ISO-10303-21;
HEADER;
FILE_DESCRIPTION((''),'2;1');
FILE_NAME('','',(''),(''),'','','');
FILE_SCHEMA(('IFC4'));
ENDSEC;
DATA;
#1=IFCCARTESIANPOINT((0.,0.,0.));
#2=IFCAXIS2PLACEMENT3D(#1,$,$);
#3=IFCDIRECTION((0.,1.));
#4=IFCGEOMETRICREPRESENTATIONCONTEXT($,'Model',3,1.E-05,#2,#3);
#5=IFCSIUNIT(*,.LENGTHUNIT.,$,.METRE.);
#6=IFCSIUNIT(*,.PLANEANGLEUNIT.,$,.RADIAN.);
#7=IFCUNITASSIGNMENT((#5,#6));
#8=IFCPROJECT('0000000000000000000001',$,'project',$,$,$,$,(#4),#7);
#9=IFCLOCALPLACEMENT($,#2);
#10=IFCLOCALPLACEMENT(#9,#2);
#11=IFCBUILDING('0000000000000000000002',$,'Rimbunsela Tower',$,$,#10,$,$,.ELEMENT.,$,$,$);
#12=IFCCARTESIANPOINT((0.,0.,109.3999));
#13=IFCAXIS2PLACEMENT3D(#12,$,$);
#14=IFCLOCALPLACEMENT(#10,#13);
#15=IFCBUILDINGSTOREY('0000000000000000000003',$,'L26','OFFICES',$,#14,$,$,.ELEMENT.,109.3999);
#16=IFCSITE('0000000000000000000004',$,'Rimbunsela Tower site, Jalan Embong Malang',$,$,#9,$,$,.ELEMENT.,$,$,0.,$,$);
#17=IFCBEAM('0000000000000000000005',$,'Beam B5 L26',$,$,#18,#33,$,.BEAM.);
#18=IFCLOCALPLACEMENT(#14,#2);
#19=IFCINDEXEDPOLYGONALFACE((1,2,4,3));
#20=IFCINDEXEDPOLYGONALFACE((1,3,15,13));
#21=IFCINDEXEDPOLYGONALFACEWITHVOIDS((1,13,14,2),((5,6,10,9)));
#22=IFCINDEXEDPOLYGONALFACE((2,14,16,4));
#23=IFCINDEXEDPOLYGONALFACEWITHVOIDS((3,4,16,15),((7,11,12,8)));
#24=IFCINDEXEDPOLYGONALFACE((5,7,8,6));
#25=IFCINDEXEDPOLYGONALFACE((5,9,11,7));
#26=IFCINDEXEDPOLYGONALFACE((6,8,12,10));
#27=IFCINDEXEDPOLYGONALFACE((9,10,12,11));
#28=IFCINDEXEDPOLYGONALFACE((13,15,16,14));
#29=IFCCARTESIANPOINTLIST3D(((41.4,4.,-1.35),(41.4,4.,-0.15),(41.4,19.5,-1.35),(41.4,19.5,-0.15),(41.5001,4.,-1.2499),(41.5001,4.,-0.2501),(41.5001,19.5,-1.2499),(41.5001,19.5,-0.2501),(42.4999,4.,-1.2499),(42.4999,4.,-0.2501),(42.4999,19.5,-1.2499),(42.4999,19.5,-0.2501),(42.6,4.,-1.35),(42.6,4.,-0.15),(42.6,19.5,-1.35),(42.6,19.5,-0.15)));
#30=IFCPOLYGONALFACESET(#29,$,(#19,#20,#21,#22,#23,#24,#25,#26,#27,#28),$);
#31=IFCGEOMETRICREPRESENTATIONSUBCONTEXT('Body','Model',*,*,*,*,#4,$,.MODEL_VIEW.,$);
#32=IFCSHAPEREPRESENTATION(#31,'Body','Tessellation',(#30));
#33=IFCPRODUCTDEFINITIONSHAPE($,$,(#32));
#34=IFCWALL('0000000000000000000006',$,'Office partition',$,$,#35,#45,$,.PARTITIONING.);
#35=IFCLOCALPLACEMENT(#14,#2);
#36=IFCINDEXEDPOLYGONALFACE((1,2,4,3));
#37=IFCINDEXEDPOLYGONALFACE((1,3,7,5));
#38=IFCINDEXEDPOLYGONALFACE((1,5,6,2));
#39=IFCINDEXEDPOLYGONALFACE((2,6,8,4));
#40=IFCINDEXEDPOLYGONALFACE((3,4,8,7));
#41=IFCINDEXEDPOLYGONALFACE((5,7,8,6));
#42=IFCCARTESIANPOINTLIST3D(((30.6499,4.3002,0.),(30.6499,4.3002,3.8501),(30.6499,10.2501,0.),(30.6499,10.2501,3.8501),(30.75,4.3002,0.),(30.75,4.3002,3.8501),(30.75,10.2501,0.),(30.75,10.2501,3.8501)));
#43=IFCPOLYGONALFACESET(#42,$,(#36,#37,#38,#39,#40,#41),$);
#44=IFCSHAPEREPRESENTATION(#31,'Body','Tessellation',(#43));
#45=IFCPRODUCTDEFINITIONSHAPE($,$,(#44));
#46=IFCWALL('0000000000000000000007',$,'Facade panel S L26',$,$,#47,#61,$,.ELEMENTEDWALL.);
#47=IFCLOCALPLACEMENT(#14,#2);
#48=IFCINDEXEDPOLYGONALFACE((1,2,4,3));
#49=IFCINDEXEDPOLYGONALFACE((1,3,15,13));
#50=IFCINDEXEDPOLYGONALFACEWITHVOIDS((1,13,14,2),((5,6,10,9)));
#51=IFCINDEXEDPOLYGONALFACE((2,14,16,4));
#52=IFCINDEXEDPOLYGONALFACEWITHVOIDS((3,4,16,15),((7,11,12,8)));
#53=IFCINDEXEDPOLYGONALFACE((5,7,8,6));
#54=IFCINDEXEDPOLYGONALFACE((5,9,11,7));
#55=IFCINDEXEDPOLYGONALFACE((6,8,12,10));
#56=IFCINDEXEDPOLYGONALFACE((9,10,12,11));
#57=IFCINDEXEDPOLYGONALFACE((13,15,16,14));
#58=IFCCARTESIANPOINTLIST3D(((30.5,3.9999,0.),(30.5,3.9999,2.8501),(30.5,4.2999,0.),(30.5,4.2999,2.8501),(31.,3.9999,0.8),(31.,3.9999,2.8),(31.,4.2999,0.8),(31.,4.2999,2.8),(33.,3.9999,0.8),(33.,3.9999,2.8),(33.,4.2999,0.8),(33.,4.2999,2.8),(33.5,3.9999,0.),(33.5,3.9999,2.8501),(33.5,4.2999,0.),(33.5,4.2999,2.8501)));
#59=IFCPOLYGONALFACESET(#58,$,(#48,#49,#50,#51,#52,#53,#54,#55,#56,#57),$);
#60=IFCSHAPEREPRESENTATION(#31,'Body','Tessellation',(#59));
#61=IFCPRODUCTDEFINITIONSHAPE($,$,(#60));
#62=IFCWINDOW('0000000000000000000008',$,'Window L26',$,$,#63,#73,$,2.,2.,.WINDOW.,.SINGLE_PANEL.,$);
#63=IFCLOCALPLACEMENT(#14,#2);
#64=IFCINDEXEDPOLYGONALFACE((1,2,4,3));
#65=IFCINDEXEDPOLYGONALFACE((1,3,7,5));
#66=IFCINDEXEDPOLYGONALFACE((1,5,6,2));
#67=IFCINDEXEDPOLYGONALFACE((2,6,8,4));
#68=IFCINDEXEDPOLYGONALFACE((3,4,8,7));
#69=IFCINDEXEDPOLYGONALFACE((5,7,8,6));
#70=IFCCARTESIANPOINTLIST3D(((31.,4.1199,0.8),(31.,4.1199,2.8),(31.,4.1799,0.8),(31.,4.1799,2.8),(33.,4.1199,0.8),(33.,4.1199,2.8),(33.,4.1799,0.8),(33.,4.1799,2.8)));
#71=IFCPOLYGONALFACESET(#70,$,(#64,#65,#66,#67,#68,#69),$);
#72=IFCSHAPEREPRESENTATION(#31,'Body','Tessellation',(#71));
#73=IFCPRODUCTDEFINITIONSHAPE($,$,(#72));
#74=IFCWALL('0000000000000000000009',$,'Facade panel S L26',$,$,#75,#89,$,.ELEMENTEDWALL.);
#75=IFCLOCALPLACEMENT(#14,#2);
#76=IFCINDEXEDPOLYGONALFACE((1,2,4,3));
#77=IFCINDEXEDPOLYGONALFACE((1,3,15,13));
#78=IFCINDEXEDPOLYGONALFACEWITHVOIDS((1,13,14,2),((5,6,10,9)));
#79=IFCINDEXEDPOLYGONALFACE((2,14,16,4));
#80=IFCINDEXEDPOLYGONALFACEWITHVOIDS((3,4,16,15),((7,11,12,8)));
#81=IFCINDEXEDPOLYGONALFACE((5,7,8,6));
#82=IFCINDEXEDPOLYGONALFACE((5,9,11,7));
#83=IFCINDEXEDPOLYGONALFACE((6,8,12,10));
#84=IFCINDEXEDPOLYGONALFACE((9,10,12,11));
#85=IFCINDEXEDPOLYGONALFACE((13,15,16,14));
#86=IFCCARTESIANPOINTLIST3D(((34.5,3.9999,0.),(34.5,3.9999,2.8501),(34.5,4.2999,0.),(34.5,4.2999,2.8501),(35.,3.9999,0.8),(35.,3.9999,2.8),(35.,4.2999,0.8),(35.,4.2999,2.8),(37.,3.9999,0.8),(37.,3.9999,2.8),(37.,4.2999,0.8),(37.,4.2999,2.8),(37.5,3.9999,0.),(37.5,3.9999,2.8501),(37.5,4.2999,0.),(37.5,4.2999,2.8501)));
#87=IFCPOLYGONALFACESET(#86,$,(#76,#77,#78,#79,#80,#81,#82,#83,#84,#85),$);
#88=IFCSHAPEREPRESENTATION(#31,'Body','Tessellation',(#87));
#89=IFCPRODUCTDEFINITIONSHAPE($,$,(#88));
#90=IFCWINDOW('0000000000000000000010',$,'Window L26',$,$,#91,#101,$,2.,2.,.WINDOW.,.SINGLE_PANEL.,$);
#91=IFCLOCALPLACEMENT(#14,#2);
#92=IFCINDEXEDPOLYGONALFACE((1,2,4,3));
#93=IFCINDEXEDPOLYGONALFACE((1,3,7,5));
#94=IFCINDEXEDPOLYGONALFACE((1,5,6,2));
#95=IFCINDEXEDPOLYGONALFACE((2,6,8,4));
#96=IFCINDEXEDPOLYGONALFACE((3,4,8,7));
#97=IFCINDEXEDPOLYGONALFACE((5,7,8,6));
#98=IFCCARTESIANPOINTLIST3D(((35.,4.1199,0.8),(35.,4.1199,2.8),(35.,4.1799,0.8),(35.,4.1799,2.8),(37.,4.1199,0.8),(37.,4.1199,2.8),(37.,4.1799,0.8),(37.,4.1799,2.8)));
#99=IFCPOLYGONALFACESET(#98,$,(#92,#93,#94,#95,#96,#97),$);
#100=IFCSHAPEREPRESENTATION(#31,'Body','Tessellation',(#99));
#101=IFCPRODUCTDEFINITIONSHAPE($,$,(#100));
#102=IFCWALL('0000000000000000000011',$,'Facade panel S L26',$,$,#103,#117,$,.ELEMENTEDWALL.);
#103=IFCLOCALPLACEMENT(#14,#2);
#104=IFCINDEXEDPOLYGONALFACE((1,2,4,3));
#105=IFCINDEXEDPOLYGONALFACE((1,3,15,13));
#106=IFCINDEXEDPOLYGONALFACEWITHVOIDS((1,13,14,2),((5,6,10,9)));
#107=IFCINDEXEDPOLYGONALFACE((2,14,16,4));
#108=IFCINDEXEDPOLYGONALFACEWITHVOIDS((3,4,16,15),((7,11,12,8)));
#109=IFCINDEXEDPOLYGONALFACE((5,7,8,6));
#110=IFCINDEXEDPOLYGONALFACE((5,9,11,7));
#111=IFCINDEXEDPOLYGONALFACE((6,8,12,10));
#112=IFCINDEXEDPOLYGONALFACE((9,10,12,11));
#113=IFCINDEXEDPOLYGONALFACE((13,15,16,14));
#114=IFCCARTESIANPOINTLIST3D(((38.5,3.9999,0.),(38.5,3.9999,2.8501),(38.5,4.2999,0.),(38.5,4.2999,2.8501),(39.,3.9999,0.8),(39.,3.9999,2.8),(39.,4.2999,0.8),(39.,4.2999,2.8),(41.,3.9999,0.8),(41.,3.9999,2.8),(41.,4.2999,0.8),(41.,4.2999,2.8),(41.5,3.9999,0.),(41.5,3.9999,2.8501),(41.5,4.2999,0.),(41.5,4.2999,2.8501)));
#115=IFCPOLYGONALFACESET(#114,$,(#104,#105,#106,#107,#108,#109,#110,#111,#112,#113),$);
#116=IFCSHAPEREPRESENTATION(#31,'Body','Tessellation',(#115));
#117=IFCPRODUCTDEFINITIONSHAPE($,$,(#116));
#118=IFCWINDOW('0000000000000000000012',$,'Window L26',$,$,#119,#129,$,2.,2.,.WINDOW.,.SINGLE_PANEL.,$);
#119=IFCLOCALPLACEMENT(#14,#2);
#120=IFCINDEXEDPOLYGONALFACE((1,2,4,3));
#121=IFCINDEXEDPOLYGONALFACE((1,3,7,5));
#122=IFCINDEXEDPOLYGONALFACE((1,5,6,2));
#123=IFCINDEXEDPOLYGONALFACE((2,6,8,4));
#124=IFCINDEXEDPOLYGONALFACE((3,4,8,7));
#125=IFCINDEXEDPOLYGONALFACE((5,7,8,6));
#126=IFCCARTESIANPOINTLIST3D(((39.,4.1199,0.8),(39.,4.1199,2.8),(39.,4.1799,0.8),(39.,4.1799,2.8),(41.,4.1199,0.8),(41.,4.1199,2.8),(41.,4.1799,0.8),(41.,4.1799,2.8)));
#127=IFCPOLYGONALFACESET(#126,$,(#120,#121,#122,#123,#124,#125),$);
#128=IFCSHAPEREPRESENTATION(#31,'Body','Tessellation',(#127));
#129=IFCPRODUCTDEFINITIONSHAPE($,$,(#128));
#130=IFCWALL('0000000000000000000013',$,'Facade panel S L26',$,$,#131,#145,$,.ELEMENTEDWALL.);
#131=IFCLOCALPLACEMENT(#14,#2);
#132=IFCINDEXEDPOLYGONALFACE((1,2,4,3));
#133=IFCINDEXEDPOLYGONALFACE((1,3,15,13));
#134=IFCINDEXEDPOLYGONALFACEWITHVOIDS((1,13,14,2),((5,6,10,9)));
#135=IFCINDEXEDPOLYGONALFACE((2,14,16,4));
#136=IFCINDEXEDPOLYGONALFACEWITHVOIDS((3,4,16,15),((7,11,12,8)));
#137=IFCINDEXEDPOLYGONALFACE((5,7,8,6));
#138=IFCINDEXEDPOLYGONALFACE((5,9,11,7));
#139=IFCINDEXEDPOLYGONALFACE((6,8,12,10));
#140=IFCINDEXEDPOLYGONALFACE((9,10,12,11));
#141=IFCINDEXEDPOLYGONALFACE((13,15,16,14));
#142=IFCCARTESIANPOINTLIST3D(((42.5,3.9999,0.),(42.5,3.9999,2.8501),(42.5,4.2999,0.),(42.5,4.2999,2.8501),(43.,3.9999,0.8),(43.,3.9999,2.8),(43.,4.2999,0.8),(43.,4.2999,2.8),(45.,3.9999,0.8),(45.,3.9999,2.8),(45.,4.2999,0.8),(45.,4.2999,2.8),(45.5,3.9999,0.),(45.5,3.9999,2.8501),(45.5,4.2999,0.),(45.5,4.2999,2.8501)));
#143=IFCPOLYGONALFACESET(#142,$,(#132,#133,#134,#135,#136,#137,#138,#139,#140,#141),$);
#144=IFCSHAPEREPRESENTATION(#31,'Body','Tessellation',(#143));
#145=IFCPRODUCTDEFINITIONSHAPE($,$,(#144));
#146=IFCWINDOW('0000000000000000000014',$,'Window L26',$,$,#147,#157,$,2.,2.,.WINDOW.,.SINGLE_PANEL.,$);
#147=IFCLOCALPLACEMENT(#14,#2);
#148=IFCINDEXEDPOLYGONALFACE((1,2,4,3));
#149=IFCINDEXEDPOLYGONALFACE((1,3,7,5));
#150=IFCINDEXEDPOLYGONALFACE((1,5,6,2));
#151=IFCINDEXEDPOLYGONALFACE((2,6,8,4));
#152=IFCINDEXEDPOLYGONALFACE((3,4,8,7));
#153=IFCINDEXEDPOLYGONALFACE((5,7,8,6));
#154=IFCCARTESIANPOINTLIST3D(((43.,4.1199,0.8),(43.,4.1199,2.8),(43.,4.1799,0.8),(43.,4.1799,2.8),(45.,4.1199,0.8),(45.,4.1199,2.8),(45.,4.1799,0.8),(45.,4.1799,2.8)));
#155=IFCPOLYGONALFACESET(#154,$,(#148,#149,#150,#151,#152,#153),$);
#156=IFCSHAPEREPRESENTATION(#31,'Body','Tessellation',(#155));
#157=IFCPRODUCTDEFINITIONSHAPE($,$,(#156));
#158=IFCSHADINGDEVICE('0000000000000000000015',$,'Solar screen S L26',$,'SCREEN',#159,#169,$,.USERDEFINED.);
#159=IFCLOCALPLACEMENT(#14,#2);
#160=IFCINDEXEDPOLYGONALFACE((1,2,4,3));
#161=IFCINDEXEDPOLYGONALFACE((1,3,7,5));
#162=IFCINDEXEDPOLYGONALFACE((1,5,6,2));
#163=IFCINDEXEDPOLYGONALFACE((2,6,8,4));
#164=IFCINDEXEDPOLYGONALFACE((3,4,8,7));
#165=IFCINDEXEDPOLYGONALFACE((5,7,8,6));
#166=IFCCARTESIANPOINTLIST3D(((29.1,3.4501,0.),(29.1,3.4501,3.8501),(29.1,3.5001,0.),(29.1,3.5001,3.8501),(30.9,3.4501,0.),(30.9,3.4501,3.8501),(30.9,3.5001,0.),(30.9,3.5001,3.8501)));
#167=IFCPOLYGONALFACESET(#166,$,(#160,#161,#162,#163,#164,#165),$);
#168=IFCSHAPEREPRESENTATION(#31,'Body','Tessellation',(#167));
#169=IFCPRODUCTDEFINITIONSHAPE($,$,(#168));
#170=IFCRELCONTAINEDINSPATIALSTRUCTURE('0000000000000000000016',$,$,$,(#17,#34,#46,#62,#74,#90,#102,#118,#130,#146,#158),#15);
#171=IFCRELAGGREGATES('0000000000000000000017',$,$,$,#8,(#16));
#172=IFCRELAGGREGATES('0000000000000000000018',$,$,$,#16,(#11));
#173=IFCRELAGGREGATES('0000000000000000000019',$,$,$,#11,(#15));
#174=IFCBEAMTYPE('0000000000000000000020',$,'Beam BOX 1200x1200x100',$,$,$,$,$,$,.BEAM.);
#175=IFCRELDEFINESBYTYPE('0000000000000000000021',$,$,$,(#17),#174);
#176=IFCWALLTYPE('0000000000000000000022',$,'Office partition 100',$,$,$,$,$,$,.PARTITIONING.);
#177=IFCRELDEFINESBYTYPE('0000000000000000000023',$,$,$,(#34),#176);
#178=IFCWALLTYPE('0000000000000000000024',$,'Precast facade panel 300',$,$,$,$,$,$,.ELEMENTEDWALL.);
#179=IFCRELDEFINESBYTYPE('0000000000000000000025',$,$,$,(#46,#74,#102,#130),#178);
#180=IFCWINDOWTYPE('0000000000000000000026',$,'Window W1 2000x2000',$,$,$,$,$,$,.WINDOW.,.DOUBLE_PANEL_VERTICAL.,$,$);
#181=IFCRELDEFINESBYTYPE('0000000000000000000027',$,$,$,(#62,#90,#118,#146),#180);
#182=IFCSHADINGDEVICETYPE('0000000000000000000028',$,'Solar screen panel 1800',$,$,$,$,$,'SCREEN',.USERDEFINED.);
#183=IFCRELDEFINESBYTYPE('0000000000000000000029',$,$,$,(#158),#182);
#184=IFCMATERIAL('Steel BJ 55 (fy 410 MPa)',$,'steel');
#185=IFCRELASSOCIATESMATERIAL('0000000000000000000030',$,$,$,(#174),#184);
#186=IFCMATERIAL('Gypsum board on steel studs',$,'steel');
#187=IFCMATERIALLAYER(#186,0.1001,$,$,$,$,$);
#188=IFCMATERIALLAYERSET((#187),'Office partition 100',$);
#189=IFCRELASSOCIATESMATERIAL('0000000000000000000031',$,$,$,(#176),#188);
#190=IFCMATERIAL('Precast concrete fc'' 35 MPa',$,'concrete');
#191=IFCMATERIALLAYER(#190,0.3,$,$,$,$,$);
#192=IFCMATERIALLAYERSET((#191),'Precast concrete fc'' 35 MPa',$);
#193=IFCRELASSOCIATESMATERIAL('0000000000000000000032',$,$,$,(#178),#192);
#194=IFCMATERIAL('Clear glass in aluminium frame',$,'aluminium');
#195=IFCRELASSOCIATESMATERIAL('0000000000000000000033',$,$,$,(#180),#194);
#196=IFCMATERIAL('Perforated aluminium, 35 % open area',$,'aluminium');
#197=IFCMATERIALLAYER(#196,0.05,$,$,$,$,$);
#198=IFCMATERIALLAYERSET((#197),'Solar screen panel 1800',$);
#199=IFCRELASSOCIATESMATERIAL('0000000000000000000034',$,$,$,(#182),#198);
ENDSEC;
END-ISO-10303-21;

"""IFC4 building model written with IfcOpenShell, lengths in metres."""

from ifc_helpers import new_model, si_unit, direction, frame, frame_2d, origin, origin_2d, place, context, subcontext, project, spatial, rectangle, hollow_rectangle, extrude, material, layer, layer_set, material_profile, profile_set, type_object, element, fill, save


model = new_model("IFC4")

# Units and contexts
model_context = context("Model", 3, precision=1e-05, world=origin(), true_north=direction((0.0, 1.0)))
body_context = subcontext(model_context, "Body", "Model", "MODEL_VIEW")
ifc_project = project(units=[si_unit("LENGTHUNIT", "METRE"), si_unit("PLANEANGLEUNIT", "RADIAN")], contexts=[model_context])

# Site, building, storey
site_placement = place(None, origin())
site = spatial("IfcSite", under=ifc_project, at=site_placement, Name="Rimbunsela Tower site, Jalan Embong Malang", CompositionType="ELEMENT", RefElevation=0.0)
building_placement = place(site_placement, origin())
building = spatial("IfcBuilding", under=site, at=building_placement, Name="Rimbunsela Tower", CompositionType="ELEMENT")
storey_placement = place(building_placement, frame((0.0, 0.0, 109.3999)))
storey = spatial("IfcBuildingStorey", under=building, at=storey_placement, Name="L26", Description="OFFICES", CompositionType="ELEMENT", Elevation=109.3999)

# Beam
ifc_material_1 = material(Name="Steel BJ 55 (fy 410 MPa)", Category="steel")
ifc_material_profile_1 = material_profile(ifc_material_1, hollow_rectangle(XDim=1.2, YDim=1.2, WallThickness=0.1001, at=origin_2d()), Name="BOX 1200x1200x100")
ifc_profile_set_1 = profile_set([ifc_material_profile_1], Name="Steel BJ 55 (fy 410 MPa)")
beam_type = type_object("IfcBeamType", Name="Beam BOX 1200x1200x100", PredefinedType="BEAM", material=ifc_profile_set_1)
beam_1_placement = place(storey_placement, frame((42.0, 4.0, -0.75), z_axis=(0.0, 1.0, 0.0), x_axis=(-1.0, 0.0, 0.0)))
element("IfcBeam", 1, at=beam_1_placement, inside=storey, type_object=beam_type, Name="Beam B5 L26", PredefinedType="BEAM", context=body_context, shape_type="SweptSolid", body=[
    extrude(hollow_rectangle(XDim=1.2, YDim=1.2, WallThickness=0.1001, at=origin_2d()), origin(), (0.0, 0.0, 1.0), 15.5),
])

# Wall
ifc_material_2 = material(Name="Gypsum board on steel studs", Category="steel")
ifc_layer_1 = layer(ifc_material_2, 0.1001)
ifc_layer_set_1 = layer_set([ifc_layer_1], Name="Office partition 100")
wall_type_1 = type_object("IfcWallType", Name="Office partition 100", PredefinedType="PARTITIONING", material=ifc_layer_set_1)
wall_1_placement = place(storey_placement, frame((30.7, 4.3, 0.0), z_axis=(0.0, 0.0, 1.0), x_axis=(0.0, 1.0, 0.0)))
element("IfcWall", 2, at=wall_1_placement, inside=storey, type_object=wall_type_1, Name="Office partition", PredefinedType="PARTITIONING", context=body_context, shape_type="SweptSolid", body=[
    extrude(rectangle(XDim=5.95, YDim=0.1001, at=frame_2d((2.9751, 0.0))), origin(), (0.0, 0.0, 1.0), 3.8501),
])

# Walls, openings, windows
ifc_material_3 = material(Name="Precast concrete fc' 35 MPa", Category="concrete")
ifc_layer_2 = layer(ifc_material_3, 0.3)
ifc_layer_set_2 = layer_set([ifc_layer_2], Name="Precast concrete fc' 35 MPa")
wall_type_2 = type_object("IfcWallType", Name="Precast facade panel 300", PredefinedType="ELEMENTEDWALL", material=ifc_layer_set_2)
wall_2_placement = place(storey_placement, frame((30.5, 4.1499, 0.0), z_axis=(0.0, 0.0, 1.0), x_axis=(1.0, 0.0, 0.0)))
wall_2 = element("IfcWall", 3, at=wall_2_placement, inside=storey, type_object=wall_type_2, Name="Facade panel S L26", PredefinedType="ELEMENTEDWALL", context=body_context, shape_type="SweptSolid", body=[
    extrude(rectangle(XDim=3.0, YDim=0.3, at=frame_2d((1.5, 0.0))), origin(), (0.0, 0.0, 1.0), 2.8501),
])
opening_1_placement = place(wall_2_placement, frame((0.5, 0.0, 0.8)))
opening_1 = element("IfcOpeningElement", 4, at=opening_1_placement, cuts=wall_2, PredefinedType="OPENING", context=body_context, shape_type="SweptSolid", body=[
    extrude(rectangle(XDim=2.0, YDim=2.0, at=frame_2d((1.0, 1.0))), frame((0.0, 0.1599, 0.0), z_axis=(0.0, -1.0, 0.0), x_axis=(1.0, 0.0, 0.0)), (0.0, 0.0, 1.0), 0.3201),
])
ifc_material_4 = material(Name="Clear glass in aluminium frame", Category="aluminium")
window_type = type_object("IfcWindowType", Name="Window W1 2000x2000", PartitioningType="DOUBLE_PANEL_VERTICAL", PredefinedType="WINDOW", material=ifc_material_4)
window_1_placement = place(opening_1_placement, origin())
window_1 = element("IfcWindow", 5, at=window_1_placement, inside=storey, type_object=window_type, Name="Window L26", OverallHeight=2.0, OverallWidth=2.0, PartitioningType="SINGLE_PANEL", PredefinedType="WINDOW", context=body_context, shape_type="SweptSolid", body=[
    extrude(rectangle(XDim=2.0, YDim=2.0, at=frame_2d((1.0, 1.0))), frame((0.0, 0.03, 0.0), z_axis=(0.0, -1.0, 0.0), x_axis=(1.0, 0.0, 0.0)), (0.0, 0.0, 1.0), 0.0601),
])
fill(opening_1, window_1)
wall_3_placement = place(storey_placement, frame((34.5, 4.1499, 0.0), z_axis=(0.0, 0.0, 1.0), x_axis=(1.0, 0.0, 0.0)))
wall_3 = element("IfcWall", 6, at=wall_3_placement, inside=storey, type_object=wall_type_2, Name="Facade panel S L26", PredefinedType="ELEMENTEDWALL", context=body_context, shape_type="SweptSolid", body=[
    extrude(rectangle(XDim=3.0, YDim=0.3, at=frame_2d((1.5, 0.0))), origin(), (0.0, 0.0, 1.0), 2.8501),
])
opening_2_placement = place(wall_3_placement, frame((0.5, 0.0, 0.8)))
opening_2 = element("IfcOpeningElement", 7, at=opening_2_placement, cuts=wall_3, PredefinedType="OPENING", context=body_context, shape_type="SweptSolid", body=[
    extrude(rectangle(XDim=2.0, YDim=2.0, at=frame_2d((1.0, 1.0))), frame((0.0, 0.1599, 0.0), z_axis=(0.0, -1.0, 0.0), x_axis=(1.0, 0.0, 0.0)), (0.0, 0.0, 1.0), 0.3201),
])
window_2_placement = place(opening_2_placement, origin())
window_2 = element("IfcWindow", 8, at=window_2_placement, inside=storey, type_object=window_type, Name="Window L26", OverallHeight=2.0, OverallWidth=2.0, PartitioningType="SINGLE_PANEL", PredefinedType="WINDOW", context=body_context, shape_type="SweptSolid", body=[
    extrude(rectangle(XDim=2.0, YDim=2.0, at=frame_2d((1.0, 1.0))), frame((0.0, 0.03, 0.0), z_axis=(0.0, -1.0, 0.0), x_axis=(1.0, 0.0, 0.0)), (0.0, 0.0, 1.0), 0.0601),
])
fill(opening_2, window_2)
wall_4_placement = place(storey_placement, frame((38.5, 4.1499, 0.0), z_axis=(0.0, 0.0, 1.0), x_axis=(1.0, 0.0, 0.0)))
wall_4 = element("IfcWall", 9, at=wall_4_placement, inside=storey, type_object=wall_type_2, Name="Facade panel S L26", PredefinedType="ELEMENTEDWALL", context=body_context, shape_type="SweptSolid", body=[
    extrude(rectangle(XDim=3.0, YDim=0.3, at=frame_2d((1.5, 0.0))), origin(), (0.0, 0.0, 1.0), 2.8501),
])
opening_3_placement = place(wall_4_placement, frame((0.5, 0.0, 0.8)))
opening_3 = element("IfcOpeningElement", 10, at=opening_3_placement, cuts=wall_4, PredefinedType="OPENING", context=body_context, shape_type="SweptSolid", body=[
    extrude(rectangle(XDim=2.0, YDim=2.0, at=frame_2d((1.0, 1.0))), frame((0.0, 0.1599, 0.0), z_axis=(0.0, -1.0, 0.0), x_axis=(1.0, 0.0, 0.0)), (0.0, 0.0, 1.0), 0.3201),
])
window_3_placement = place(opening_3_placement, origin())
window_3 = element("IfcWindow", 11, at=window_3_placement, inside=storey, type_object=window_type, Name="Window L26", OverallHeight=2.0, OverallWidth=2.0, PartitioningType="SINGLE_PANEL", PredefinedType="WINDOW", context=body_context, shape_type="SweptSolid", body=[
    extrude(rectangle(XDim=2.0, YDim=2.0, at=frame_2d((1.0, 1.0))), frame((0.0, 0.03, 0.0), z_axis=(0.0, -1.0, 0.0), x_axis=(1.0, 0.0, 0.0)), (0.0, 0.0, 1.0), 0.0601),
])
fill(opening_3, window_3)
wall_5_placement = place(storey_placement, frame((42.5, 4.1499, 0.0), z_axis=(0.0, 0.0, 1.0), x_axis=(1.0, 0.0, 0.0)))
wall_5 = element("IfcWall", 12, at=wall_5_placement, inside=storey, type_object=wall_type_2, Name="Facade panel S L26", PredefinedType="ELEMENTEDWALL", context=body_context, shape_type="SweptSolid", body=[
    extrude(rectangle(XDim=3.0, YDim=0.3, at=frame_2d((1.5, 0.0))), origin(), (0.0, 0.0, 1.0), 2.8501),
])
opening_4_placement = place(wall_5_placement, frame((0.5, 0.0, 0.8)))
opening_4 = element("IfcOpeningElement", 13, at=opening_4_placement, cuts=wall_5, PredefinedType="OPENING", context=body_context, shape_type="SweptSolid", body=[
    extrude(rectangle(XDim=2.0, YDim=2.0, at=frame_2d((1.0, 1.0))), frame((0.0, 0.1599, 0.0), z_axis=(0.0, -1.0, 0.0), x_axis=(1.0, 0.0, 0.0)), (0.0, 0.0, 1.0), 0.3201),
])
window_4_placement = place(opening_4_placement, origin())
window_4 = element("IfcWindow", 14, at=window_4_placement, inside=storey, type_object=window_type, Name="Window L26", OverallHeight=2.0, OverallWidth=2.0, PartitioningType="SINGLE_PANEL", PredefinedType="WINDOW", context=body_context, shape_type="SweptSolid", body=[
    extrude(rectangle(XDim=2.0, YDim=2.0, at=frame_2d((1.0, 1.0))), frame((0.0, 0.03, 0.0), z_axis=(0.0, -1.0, 0.0), x_axis=(1.0, 0.0, 0.0)), (0.0, 0.0, 1.0), 0.0601),
])
fill(opening_4, window_4)

# Shading device
ifc_material_5 = material(Name="Perforated aluminium, 35 % open area", Category="aluminium")
ifc_layer_3 = layer(ifc_material_5, 0.05)
ifc_layer_set_3 = layer_set([ifc_layer_3], Name="Solar screen panel 1800")
shading_device_type = type_object("IfcShadingDeviceType", Name="Solar screen panel 1800", ElementType="SCREEN", PredefinedType="USERDEFINED", material=ifc_layer_set_3)
for number, where, z_axis, x_axis, name in (
    (15, (30.0, 3.4751, 0.0), (0.0, 0.0, 1.0), (1.0, 0.0, 0.0), "Solar screen S L26"),
):
    element("IfcShadingDevice", number, at=place(storey_placement, frame(where, z_axis=z_axis, x_axis=x_axis)), inside=storey, type_object=shading_device_type, Name=name, ObjectType="SCREEN", PredefinedType="USERDEFINED", context=body_context, shape_type="SweptSolid", body=[
        extrude(rectangle(XDim=1.8, YDim=0.05, at=origin_2d()), origin(), (0.0, 0.0, 1.0), 3.8501),
    ])

save(model, "model.ifc")
